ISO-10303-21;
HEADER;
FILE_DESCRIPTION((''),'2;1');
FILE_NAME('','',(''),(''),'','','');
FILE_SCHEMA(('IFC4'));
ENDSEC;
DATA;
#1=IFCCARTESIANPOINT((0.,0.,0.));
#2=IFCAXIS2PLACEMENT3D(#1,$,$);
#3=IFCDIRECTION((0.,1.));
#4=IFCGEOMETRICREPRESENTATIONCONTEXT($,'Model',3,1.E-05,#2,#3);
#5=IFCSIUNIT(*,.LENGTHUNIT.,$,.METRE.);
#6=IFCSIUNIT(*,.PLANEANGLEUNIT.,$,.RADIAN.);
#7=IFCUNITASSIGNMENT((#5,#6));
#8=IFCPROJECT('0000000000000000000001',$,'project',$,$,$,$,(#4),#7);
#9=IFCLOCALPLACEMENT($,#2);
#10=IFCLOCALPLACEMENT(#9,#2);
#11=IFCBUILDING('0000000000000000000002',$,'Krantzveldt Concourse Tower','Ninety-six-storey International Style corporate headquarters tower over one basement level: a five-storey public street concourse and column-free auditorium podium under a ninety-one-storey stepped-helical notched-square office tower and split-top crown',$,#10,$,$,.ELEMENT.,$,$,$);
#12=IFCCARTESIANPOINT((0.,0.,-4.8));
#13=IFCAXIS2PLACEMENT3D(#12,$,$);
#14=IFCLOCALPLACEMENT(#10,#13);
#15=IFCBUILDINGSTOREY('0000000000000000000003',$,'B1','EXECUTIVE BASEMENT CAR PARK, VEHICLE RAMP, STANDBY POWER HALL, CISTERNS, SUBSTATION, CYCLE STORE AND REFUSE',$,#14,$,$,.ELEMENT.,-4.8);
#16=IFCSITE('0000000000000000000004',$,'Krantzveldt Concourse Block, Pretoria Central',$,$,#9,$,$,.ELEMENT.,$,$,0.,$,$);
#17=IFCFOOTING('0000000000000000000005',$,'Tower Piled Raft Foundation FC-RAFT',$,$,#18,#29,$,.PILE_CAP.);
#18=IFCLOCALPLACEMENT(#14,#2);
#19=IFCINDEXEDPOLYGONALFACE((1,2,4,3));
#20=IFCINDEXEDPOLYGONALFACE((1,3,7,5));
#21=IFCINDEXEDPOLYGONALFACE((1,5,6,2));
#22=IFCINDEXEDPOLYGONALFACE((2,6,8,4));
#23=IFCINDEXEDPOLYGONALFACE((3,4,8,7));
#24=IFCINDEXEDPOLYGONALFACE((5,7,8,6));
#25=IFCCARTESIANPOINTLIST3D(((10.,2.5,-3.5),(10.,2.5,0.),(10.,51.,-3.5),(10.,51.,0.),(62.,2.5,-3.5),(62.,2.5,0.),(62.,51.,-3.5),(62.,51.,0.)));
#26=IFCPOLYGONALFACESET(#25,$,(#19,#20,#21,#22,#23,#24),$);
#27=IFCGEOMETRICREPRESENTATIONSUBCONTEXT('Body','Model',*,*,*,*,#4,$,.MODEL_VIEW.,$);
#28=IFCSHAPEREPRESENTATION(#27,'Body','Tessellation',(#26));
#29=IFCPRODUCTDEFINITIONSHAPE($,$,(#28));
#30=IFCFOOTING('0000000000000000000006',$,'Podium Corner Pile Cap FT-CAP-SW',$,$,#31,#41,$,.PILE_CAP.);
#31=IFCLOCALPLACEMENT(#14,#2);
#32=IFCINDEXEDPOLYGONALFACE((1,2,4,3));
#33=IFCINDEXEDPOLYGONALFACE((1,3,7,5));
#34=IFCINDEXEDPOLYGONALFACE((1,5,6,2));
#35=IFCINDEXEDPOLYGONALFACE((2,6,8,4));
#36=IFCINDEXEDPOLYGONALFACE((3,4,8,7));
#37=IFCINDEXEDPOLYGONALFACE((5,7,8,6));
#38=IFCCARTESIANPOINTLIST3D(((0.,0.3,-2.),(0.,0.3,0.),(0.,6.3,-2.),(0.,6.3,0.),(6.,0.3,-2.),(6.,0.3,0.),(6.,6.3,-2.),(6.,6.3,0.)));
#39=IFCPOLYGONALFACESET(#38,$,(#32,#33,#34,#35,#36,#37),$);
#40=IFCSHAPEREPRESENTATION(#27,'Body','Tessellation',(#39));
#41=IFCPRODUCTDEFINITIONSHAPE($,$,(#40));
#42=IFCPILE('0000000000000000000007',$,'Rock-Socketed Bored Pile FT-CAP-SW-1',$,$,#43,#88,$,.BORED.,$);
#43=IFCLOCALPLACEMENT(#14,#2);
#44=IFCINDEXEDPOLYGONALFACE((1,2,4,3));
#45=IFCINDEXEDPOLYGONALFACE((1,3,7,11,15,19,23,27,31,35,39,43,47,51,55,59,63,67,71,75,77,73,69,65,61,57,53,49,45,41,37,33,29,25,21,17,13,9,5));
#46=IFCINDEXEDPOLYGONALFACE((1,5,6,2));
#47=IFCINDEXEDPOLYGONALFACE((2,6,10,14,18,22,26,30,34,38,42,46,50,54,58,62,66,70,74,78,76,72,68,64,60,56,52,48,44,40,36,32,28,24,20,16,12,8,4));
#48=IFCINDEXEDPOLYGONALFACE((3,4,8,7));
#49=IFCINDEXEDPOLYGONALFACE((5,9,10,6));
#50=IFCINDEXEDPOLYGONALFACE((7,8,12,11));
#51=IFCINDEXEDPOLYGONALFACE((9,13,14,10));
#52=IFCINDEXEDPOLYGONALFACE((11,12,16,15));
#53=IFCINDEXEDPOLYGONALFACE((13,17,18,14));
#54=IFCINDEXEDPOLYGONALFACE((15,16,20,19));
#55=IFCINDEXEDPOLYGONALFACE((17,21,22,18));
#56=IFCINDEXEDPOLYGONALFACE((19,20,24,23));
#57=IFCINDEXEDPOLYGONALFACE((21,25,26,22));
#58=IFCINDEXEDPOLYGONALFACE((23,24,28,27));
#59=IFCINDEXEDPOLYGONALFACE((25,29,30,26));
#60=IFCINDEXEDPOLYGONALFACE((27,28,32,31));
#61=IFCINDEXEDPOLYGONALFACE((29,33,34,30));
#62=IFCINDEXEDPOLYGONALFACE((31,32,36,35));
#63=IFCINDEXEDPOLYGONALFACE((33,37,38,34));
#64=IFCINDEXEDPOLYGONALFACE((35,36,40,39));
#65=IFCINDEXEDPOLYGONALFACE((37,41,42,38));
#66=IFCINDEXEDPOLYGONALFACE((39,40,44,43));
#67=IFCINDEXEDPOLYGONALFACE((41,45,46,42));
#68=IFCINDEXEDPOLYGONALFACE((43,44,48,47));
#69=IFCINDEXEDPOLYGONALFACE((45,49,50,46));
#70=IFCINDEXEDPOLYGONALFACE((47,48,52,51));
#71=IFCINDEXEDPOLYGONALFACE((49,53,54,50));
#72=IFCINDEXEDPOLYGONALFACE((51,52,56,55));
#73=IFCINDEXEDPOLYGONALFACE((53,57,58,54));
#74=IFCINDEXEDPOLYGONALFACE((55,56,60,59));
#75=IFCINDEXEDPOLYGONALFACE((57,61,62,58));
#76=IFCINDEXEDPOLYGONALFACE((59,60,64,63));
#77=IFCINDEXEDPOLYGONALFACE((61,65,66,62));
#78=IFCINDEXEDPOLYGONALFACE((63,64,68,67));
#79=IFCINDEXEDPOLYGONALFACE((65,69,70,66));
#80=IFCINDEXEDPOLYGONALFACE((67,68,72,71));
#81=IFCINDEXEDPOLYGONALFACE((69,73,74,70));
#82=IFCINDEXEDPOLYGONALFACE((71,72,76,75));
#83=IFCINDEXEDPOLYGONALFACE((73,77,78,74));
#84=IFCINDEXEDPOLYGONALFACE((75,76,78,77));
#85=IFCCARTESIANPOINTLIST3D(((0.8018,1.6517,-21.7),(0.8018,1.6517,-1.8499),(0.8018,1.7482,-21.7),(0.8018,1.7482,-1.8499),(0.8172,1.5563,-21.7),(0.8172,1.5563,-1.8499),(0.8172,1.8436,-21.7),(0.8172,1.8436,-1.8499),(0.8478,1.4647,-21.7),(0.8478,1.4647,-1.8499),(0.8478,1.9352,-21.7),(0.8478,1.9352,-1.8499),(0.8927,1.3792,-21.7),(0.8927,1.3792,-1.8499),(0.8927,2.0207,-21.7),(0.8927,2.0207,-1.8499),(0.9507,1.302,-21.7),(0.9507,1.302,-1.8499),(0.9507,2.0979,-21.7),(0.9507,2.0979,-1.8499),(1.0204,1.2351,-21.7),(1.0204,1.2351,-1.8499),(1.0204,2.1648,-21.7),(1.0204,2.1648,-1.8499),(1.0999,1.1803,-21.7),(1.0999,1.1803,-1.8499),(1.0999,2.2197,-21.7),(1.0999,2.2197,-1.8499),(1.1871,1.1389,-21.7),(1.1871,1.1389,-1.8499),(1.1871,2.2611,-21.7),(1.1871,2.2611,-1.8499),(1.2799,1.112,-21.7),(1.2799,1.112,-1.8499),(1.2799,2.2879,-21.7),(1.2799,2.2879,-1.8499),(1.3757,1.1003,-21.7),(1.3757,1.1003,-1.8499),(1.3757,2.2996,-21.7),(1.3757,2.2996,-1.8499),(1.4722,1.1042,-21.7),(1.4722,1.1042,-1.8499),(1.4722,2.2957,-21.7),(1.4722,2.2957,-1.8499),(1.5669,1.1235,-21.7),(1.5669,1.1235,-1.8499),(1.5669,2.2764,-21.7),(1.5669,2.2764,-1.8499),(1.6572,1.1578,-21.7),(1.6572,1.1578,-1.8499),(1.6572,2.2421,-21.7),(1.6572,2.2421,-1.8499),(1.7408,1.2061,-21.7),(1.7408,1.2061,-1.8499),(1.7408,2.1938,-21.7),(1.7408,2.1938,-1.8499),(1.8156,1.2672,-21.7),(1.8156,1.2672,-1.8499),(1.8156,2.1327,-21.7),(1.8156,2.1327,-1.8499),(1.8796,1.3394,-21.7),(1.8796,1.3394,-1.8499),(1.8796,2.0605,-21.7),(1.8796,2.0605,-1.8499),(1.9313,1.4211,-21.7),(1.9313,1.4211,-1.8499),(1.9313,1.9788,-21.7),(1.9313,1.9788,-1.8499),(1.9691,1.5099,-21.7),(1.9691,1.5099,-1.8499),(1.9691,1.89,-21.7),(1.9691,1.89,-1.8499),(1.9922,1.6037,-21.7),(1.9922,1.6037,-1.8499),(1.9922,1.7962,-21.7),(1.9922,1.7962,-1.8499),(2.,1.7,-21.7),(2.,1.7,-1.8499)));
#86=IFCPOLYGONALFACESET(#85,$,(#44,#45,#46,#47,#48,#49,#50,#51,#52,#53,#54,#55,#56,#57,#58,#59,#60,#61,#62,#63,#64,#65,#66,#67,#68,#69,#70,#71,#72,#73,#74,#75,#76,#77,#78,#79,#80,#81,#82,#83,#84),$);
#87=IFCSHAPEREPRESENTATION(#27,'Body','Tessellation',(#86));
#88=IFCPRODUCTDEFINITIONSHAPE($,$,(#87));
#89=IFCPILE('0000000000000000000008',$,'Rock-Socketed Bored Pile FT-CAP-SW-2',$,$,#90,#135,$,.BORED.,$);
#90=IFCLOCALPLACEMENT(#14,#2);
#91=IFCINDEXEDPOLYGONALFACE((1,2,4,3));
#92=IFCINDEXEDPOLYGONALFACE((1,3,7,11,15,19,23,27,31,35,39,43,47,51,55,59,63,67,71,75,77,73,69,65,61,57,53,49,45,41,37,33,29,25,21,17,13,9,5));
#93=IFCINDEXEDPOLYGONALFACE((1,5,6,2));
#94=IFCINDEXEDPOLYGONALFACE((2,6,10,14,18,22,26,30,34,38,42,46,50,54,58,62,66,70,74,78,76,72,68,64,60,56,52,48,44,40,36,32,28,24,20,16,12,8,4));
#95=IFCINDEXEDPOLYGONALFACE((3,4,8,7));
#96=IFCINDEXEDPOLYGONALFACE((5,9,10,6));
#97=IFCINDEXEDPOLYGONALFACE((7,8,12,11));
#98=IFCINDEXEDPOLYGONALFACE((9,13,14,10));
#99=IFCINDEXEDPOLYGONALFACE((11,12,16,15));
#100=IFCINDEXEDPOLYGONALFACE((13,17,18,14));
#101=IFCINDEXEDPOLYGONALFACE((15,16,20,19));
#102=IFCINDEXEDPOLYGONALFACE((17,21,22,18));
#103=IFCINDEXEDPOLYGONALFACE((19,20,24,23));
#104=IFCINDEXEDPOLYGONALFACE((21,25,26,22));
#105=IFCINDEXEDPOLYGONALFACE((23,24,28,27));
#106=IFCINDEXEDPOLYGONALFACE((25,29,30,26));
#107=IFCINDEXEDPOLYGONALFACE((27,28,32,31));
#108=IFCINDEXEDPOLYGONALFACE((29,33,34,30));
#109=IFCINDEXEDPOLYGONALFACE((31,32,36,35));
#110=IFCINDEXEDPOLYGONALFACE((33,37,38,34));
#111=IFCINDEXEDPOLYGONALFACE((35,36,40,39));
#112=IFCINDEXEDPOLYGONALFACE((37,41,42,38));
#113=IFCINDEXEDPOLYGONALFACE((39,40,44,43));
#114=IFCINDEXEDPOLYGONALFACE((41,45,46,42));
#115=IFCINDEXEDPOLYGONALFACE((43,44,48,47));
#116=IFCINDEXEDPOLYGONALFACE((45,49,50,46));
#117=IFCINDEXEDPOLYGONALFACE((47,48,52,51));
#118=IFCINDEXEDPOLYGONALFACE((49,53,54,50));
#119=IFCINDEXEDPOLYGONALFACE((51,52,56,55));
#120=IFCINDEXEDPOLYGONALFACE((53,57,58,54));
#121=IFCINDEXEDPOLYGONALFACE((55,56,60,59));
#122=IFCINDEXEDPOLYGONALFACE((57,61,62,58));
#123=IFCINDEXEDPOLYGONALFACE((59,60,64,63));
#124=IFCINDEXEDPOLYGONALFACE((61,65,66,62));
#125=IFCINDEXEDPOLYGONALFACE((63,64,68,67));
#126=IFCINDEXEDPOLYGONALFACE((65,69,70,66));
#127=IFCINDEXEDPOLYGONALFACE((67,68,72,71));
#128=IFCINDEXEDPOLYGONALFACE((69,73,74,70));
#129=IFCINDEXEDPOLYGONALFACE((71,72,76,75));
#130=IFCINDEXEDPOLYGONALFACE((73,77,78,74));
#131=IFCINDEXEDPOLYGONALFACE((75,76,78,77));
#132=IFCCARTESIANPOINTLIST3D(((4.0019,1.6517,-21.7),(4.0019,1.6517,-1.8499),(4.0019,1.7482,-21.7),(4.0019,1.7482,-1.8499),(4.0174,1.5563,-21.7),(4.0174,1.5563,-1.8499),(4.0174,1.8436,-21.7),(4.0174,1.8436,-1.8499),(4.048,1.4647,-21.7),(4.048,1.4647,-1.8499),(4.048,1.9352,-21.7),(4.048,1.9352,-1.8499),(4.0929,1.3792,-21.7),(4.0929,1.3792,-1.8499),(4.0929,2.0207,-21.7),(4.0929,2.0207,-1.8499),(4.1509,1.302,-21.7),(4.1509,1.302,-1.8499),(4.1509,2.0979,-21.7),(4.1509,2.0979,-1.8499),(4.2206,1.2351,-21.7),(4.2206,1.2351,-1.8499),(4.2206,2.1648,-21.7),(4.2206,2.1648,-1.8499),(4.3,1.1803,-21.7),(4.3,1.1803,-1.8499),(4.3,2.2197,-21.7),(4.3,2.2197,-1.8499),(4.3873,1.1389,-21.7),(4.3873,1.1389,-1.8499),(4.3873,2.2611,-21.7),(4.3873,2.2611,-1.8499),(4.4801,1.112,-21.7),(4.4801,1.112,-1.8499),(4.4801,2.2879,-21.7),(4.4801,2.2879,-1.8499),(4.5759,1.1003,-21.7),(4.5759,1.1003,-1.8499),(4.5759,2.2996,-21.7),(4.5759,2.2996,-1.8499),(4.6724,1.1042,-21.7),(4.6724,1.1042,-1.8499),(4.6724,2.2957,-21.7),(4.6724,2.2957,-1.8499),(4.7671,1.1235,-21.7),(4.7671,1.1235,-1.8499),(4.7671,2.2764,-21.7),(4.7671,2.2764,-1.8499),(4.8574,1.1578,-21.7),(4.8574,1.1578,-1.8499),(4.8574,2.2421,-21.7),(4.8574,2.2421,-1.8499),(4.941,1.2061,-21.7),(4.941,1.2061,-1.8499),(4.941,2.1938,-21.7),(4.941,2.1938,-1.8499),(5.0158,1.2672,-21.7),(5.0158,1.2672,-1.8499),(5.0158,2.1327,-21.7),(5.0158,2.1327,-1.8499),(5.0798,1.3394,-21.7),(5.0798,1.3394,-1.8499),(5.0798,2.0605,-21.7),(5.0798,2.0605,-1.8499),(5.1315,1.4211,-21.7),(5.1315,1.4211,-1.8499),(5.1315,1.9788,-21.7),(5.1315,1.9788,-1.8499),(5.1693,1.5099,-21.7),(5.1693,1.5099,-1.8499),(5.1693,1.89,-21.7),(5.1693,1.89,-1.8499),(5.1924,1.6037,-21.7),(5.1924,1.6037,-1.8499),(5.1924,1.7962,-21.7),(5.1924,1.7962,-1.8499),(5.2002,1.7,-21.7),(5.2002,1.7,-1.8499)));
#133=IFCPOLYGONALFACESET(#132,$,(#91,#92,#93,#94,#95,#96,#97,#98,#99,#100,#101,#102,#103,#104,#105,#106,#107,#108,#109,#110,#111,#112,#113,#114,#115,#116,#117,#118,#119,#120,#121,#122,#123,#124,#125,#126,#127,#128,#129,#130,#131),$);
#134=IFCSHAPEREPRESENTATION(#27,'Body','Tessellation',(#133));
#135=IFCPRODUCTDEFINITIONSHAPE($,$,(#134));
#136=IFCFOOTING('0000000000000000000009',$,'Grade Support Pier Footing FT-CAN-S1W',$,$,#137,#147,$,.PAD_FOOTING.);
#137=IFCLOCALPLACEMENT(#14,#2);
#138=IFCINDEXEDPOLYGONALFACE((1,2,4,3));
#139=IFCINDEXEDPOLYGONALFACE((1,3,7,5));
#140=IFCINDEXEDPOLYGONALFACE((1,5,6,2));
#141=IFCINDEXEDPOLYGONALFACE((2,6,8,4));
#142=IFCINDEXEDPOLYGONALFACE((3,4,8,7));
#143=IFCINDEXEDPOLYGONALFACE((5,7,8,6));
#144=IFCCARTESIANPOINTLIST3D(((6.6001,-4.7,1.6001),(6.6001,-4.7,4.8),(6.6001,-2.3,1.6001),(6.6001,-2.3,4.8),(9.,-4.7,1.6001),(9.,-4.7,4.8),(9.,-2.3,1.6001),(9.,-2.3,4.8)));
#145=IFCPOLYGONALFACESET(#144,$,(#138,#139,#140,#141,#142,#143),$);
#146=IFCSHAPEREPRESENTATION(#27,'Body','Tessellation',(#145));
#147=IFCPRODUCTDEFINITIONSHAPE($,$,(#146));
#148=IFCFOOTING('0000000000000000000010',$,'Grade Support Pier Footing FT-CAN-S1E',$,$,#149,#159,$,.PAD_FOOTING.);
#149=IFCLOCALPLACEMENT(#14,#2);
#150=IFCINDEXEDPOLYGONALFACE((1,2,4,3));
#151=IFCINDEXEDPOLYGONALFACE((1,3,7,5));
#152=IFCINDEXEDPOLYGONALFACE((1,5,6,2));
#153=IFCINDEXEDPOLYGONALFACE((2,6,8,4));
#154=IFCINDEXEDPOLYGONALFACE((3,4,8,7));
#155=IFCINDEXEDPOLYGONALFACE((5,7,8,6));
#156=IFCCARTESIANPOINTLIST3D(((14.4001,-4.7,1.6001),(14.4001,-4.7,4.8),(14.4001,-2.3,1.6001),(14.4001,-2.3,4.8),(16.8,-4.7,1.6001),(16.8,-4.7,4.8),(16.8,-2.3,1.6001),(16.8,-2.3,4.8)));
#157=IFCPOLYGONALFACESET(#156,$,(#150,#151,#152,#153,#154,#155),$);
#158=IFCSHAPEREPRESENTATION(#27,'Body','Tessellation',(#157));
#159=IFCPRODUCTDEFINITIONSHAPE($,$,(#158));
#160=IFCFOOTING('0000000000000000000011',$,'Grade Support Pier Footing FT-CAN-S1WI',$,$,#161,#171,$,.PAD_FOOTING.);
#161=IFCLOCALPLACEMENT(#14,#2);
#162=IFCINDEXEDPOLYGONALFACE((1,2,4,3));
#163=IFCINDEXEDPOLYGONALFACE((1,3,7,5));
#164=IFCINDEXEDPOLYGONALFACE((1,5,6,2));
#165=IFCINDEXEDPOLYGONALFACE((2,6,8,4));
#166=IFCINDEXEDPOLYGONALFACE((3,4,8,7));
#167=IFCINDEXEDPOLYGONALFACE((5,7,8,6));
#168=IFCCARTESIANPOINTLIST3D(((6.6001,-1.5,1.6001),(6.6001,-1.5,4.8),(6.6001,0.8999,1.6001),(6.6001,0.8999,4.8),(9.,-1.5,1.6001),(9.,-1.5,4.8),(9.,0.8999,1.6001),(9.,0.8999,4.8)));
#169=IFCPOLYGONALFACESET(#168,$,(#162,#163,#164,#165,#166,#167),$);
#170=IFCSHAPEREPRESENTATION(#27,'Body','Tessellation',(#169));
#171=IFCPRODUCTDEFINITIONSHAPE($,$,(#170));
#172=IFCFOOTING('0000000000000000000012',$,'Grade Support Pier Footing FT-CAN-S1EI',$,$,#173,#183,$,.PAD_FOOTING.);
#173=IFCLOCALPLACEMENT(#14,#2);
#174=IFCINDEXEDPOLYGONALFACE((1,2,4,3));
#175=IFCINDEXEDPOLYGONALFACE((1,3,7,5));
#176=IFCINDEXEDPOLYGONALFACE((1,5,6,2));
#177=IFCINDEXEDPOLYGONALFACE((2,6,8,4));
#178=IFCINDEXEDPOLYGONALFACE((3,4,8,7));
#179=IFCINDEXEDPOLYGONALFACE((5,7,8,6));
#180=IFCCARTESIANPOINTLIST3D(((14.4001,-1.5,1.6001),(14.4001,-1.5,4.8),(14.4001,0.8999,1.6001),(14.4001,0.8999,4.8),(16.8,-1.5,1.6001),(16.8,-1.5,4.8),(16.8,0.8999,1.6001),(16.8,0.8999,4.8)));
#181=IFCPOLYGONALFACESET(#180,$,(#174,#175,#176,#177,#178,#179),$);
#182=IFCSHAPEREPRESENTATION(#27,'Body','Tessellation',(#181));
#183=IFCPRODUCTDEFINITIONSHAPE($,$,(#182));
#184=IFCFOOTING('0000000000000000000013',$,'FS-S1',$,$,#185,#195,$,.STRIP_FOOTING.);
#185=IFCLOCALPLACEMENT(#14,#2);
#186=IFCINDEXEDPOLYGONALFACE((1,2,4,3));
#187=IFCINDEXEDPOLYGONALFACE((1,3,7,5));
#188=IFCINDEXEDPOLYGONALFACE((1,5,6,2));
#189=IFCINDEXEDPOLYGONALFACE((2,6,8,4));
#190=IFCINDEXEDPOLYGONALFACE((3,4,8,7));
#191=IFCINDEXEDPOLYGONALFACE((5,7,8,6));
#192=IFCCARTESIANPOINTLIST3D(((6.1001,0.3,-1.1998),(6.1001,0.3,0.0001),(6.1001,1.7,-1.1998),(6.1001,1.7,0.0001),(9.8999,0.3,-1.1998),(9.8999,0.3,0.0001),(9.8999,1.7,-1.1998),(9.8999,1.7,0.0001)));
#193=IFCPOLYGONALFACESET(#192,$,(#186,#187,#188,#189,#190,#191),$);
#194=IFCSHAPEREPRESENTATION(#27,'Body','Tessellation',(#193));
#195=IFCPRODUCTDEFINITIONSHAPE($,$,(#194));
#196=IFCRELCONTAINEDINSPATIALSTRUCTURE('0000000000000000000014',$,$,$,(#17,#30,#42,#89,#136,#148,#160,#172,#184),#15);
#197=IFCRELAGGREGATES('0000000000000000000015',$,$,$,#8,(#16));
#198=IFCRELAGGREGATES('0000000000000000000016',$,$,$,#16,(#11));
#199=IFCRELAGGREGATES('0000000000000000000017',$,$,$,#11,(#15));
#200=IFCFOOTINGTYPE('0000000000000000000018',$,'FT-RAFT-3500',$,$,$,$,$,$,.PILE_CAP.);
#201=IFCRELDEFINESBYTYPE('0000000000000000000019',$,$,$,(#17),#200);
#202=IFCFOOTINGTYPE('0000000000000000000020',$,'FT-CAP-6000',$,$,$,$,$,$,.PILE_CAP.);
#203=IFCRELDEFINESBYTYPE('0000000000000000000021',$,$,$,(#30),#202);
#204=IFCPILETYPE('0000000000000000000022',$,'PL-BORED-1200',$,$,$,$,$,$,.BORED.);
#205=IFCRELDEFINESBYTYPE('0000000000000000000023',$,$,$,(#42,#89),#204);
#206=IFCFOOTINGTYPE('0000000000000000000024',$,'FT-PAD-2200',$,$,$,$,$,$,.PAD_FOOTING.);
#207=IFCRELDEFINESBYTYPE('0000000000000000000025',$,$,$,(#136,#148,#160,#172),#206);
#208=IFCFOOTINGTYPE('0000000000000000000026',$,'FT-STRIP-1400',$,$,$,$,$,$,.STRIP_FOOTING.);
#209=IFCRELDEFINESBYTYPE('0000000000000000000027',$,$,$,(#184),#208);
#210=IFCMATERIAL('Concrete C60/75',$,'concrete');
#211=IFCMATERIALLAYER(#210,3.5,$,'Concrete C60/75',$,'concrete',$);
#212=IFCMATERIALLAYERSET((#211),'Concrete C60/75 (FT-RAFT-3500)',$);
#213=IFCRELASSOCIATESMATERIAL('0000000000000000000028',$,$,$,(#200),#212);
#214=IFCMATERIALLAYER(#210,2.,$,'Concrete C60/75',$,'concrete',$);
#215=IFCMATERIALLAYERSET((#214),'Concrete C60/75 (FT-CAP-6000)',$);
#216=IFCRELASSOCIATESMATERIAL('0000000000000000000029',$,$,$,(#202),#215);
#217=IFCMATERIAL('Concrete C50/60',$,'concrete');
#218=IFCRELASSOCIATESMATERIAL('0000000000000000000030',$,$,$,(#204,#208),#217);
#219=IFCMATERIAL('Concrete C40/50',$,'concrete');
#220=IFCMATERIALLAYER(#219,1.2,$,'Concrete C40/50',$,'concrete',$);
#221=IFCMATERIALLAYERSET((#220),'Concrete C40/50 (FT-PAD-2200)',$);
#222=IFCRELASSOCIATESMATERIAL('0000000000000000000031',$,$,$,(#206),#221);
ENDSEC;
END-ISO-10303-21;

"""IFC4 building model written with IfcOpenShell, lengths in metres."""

from ifc_helpers import new_model, si_unit, direction, frame, origin, origin_2d, place, context, subcontext, project, spatial, polyline, rectangle, circle, outline, extrude, source, transform, mapped, material, layer, layer_set, material_profile, profile_set, type_object, type_shapes, element, save


model = new_model("IFC4")

# Units and contexts
model_context = context("Model", 3, precision=1e-05, world=origin(), true_north=direction((0.0, 1.0)))
body_context = subcontext(model_context, "Body", "Model", "MODEL_VIEW")
ifc_project = project(units=[si_unit("LENGTHUNIT", "METRE"), si_unit("PLANEANGLEUNIT", "RADIAN")], contexts=[model_context])

# Site, building, storey
site_placement = place(None, origin())
site = spatial("IfcSite", under=ifc_project, at=site_placement, Name="Krantzveldt Concourse Block, Pretoria Central", CompositionType="ELEMENT", RefElevation=0.0)
building_placement = place(site_placement, origin())
building = spatial("IfcBuilding", under=site, at=building_placement, Name="Krantzveldt Concourse Tower", Description="Ninety-six-storey International Style corporate headquarters tower over one basement level: a five-storey public street concourse and column-free auditorium podium under a ninety-one-storey stepped-helical notched-square office tower and split-top crown", CompositionType="ELEMENT")
storey_placement = place(building_placement, frame((0.0, 0.0, -4.8)))
storey = spatial("IfcBuildingStorey", under=building, at=storey_placement, Name="B1", Description="EXECUTIVE BASEMENT CAR PARK, VEHICLE RAMP, STANDBY POWER HALL, CISTERNS, SUBSTATION, CYCLE STORE AND REFUSE", CompositionType="ELEMENT", Elevation=-4.8)

# Footings
ifc_material_1 = material(Name="Concrete C60/75", Category="concrete")
ifc_layer_1 = layer(ifc_material_1, 3.5, Name="Concrete C60/75", Category="concrete")
ifc_layer_set_1 = layer_set([ifc_layer_1], Name="Concrete C60/75 (FT-RAFT-3500)")
footing_type_1 = type_object("IfcFootingType", Name="FT-RAFT-3500", PredefinedType="PILE_CAP", material=ifc_layer_set_1)
footing_1_placement = place(storey_placement, frame((0.0, 0.0, -3.5)))
element("IfcFooting", 1, at=footing_1_placement, inside=storey, type_object=footing_type_1, Name="Tower Piled Raft Foundation FC-RAFT", PredefinedType="PILE_CAP", context=body_context, shape_type="SweptSolid", body=[
    extrude(outline(polyline([(10.0, 2.5), (62.0, 2.5), (62.0, 51.0), (10.0, 51.0), (10.0, 2.5)])), origin(), (0.0, 0.0, 1.0), 3.5),
])
ifc_layer_2 = layer(ifc_material_1, 2.0, Name="Concrete C60/75", Category="concrete")
ifc_layer_set_2 = layer_set([ifc_layer_2], Name="Concrete C60/75 (FT-CAP-6000)")
footing_type_2 = type_object("IfcFootingType", Name="FT-CAP-6000", PredefinedType="PILE_CAP", material=ifc_layer_set_2)
shared_shape_1 = source(origin(), body_context, "Body", "SweptSolid", [
    extrude(rectangle(XDim=6.0, YDim=6.0, at=origin_2d()), origin(), (0.0, 0.0, 1.0), 2.0),
])
type_shapes(footing_type_2, [shared_shape_1])
footing_2_placement = place(storey_placement, frame((3.0, 3.3, -2.0), z_axis=(0.0, 0.0, 1.0), x_axis=(1.0, 0.0, 0.0)))
element("IfcFooting", 2, at=footing_2_placement, inside=storey, type_object=footing_type_2, Name="Podium Corner Pile Cap FT-CAP-SW", PredefinedType="PILE_CAP", context=body_context, shape_type="MappedRepresentation", body=[
    mapped(shared_shape_1, transform((0.0, 0.0, 0.0), x_axis=(1.0, 0.0, 0.0), y_axis=(0.0, 1.0, 0.0), z_axis=(0.0, 0.0, 1.0), scale=1.0)),
])

# Piles
ifc_material_2 = material(Name="Concrete C50/60", Category="concrete")
ifc_material_profile_1 = material_profile(ifc_material_2, circle(Radius=0.6001, at=origin_2d()), Name="Concrete C50/60", Category="concrete")
ifc_profile_set_1 = profile_set([ifc_material_profile_1], Name="Concrete C50/60 - PILE D1200")
pile_type = type_object("IfcPileType", Name="PL-BORED-1200", PredefinedType="BORED", material=ifc_profile_set_1)
shared_shape_2 = source(origin(), body_context, "Body", "SweptSolid", [
    extrude(circle(Radius=0.6001, at=origin_2d()), origin(), (0.0, 0.0, 1.0), 19.8501),
])
type_shapes(pile_type, [shared_shape_2])
for number, where, z_axis, x_axis, name in (
    (3, (1.3999, 1.7, -1.8499), (0.0, 0.0, -1.0), (1.0, 0.0, 0.0), "Rock-Socketed Bored Pile FT-CAP-SW-1"),
    (4, (4.6001, 1.7, -1.8499), (0.0, 0.0, -1.0), (1.0, 0.0, 0.0), "Rock-Socketed Bored Pile FT-CAP-SW-2"),
):
    element("IfcPile", number, at=place(storey_placement, frame(where, z_axis=z_axis, x_axis=x_axis)), inside=storey, type_object=pile_type, Name=name, PredefinedType="BORED", context=body_context, shape_type="MappedRepresentation", body=[
        mapped(shared_shape_2, transform((0.0, 0.0, 0.0), x_axis=(1.0, 0.0, 0.0), y_axis=(0.0, 1.0, 0.0), z_axis=(0.0, 0.0, 1.0), scale=1.0)),
    ])

# Footings
ifc_material_3 = material(Name="Concrete C40/50", Category="concrete")
ifc_layer_3 = layer(ifc_material_3, 1.2, Name="Concrete C40/50", Category="concrete")
ifc_layer_set_3 = layer_set([ifc_layer_3], Name="Concrete C40/50 (FT-PAD-2200)")
footing_type_3 = type_object("IfcFootingType", Name="FT-PAD-2200", PredefinedType="PAD_FOOTING", material=ifc_layer_set_3)
shared_shape_3 = source(origin(), body_context, "Body", "SweptSolid", [
    extrude(rectangle(XDim=2.3999, YDim=2.3999, at=origin_2d()), origin(), (0.0, 0.0, 1.0), 3.2),
])
type_shapes(footing_type_3, [shared_shape_3])
for number, where, z_axis, x_axis, name in (
    (5, (7.8, -3.5, 1.6001), (0.0, 0.0, 1.0), (1.0, 0.0, 0.0), "Grade Support Pier Footing FT-CAN-S1W"),
    (6, (15.6001, -3.5, 1.6001), (0.0, 0.0, 1.0), (1.0, 0.0, 0.0), "Grade Support Pier Footing FT-CAN-S1E"),
    (7, (7.8, -0.3, 1.6001), (0.0, 0.0, 1.0), (1.0, 0.0, 0.0), "Grade Support Pier Footing FT-CAN-S1WI"),
    (8, (15.6001, -0.3, 1.6001), (0.0, 0.0, 1.0), (1.0, 0.0, 0.0), "Grade Support Pier Footing FT-CAN-S1EI"),
):
    element("IfcFooting", number, at=place(storey_placement, frame(where, z_axis=z_axis, x_axis=x_axis)), inside=storey, type_object=footing_type_3, Name=name, PredefinedType="PAD_FOOTING", context=body_context, shape_type="MappedRepresentation", body=[
        mapped(shared_shape_3, transform((0.0, 0.0, 0.0), x_axis=(1.0, 0.0, 0.0), y_axis=(0.0, 1.0, 0.0), z_axis=(0.0, 0.0, 1.0), scale=1.0)),
    ])
ifc_material_profile_2 = material_profile(ifc_material_2, rectangle(XDim=1.3999, YDim=1.2, at=origin_2d()), Name="Concrete C50/60", Category="concrete")
ifc_profile_set_2 = profile_set([ifc_material_profile_2], Name="Concrete C50/60 - STRIP 1400x1200")
footing_type_4 = type_object("IfcFootingType", Name="FT-STRIP-1400", PredefinedType="STRIP_FOOTING", material=ifc_profile_set_2)
shared_shape_4 = source(origin(), body_context, "Body", "SweptSolid", [
    extrude(rectangle(XDim=1.3999, YDim=1.2, at=origin_2d()), origin(), (0.0, 0.0, 1.0), 3.7998),
])
type_shapes(footing_type_4, [shared_shape_4])
footing_3_placement = place(storey_placement, frame((6.1001, 1.0, -0.5999), z_axis=(1.0, 0.0, 0.0), x_axis=(0.0, 1.0, 0.0)))
element("IfcFooting", 9, at=footing_3_placement, inside=storey, type_object=footing_type_4, Name="FS-S1", PredefinedType="STRIP_FOOTING", context=body_context, shape_type="MappedRepresentation", body=[
    mapped(shared_shape_4, transform((0.0, 0.0, 0.0), x_axis=(1.0, 0.0, 0.0), y_axis=(0.0, 1.0, 0.0), z_axis=(0.0, 0.0, 1.0), scale=1.0)),
])

save(model, "model.ifc")
